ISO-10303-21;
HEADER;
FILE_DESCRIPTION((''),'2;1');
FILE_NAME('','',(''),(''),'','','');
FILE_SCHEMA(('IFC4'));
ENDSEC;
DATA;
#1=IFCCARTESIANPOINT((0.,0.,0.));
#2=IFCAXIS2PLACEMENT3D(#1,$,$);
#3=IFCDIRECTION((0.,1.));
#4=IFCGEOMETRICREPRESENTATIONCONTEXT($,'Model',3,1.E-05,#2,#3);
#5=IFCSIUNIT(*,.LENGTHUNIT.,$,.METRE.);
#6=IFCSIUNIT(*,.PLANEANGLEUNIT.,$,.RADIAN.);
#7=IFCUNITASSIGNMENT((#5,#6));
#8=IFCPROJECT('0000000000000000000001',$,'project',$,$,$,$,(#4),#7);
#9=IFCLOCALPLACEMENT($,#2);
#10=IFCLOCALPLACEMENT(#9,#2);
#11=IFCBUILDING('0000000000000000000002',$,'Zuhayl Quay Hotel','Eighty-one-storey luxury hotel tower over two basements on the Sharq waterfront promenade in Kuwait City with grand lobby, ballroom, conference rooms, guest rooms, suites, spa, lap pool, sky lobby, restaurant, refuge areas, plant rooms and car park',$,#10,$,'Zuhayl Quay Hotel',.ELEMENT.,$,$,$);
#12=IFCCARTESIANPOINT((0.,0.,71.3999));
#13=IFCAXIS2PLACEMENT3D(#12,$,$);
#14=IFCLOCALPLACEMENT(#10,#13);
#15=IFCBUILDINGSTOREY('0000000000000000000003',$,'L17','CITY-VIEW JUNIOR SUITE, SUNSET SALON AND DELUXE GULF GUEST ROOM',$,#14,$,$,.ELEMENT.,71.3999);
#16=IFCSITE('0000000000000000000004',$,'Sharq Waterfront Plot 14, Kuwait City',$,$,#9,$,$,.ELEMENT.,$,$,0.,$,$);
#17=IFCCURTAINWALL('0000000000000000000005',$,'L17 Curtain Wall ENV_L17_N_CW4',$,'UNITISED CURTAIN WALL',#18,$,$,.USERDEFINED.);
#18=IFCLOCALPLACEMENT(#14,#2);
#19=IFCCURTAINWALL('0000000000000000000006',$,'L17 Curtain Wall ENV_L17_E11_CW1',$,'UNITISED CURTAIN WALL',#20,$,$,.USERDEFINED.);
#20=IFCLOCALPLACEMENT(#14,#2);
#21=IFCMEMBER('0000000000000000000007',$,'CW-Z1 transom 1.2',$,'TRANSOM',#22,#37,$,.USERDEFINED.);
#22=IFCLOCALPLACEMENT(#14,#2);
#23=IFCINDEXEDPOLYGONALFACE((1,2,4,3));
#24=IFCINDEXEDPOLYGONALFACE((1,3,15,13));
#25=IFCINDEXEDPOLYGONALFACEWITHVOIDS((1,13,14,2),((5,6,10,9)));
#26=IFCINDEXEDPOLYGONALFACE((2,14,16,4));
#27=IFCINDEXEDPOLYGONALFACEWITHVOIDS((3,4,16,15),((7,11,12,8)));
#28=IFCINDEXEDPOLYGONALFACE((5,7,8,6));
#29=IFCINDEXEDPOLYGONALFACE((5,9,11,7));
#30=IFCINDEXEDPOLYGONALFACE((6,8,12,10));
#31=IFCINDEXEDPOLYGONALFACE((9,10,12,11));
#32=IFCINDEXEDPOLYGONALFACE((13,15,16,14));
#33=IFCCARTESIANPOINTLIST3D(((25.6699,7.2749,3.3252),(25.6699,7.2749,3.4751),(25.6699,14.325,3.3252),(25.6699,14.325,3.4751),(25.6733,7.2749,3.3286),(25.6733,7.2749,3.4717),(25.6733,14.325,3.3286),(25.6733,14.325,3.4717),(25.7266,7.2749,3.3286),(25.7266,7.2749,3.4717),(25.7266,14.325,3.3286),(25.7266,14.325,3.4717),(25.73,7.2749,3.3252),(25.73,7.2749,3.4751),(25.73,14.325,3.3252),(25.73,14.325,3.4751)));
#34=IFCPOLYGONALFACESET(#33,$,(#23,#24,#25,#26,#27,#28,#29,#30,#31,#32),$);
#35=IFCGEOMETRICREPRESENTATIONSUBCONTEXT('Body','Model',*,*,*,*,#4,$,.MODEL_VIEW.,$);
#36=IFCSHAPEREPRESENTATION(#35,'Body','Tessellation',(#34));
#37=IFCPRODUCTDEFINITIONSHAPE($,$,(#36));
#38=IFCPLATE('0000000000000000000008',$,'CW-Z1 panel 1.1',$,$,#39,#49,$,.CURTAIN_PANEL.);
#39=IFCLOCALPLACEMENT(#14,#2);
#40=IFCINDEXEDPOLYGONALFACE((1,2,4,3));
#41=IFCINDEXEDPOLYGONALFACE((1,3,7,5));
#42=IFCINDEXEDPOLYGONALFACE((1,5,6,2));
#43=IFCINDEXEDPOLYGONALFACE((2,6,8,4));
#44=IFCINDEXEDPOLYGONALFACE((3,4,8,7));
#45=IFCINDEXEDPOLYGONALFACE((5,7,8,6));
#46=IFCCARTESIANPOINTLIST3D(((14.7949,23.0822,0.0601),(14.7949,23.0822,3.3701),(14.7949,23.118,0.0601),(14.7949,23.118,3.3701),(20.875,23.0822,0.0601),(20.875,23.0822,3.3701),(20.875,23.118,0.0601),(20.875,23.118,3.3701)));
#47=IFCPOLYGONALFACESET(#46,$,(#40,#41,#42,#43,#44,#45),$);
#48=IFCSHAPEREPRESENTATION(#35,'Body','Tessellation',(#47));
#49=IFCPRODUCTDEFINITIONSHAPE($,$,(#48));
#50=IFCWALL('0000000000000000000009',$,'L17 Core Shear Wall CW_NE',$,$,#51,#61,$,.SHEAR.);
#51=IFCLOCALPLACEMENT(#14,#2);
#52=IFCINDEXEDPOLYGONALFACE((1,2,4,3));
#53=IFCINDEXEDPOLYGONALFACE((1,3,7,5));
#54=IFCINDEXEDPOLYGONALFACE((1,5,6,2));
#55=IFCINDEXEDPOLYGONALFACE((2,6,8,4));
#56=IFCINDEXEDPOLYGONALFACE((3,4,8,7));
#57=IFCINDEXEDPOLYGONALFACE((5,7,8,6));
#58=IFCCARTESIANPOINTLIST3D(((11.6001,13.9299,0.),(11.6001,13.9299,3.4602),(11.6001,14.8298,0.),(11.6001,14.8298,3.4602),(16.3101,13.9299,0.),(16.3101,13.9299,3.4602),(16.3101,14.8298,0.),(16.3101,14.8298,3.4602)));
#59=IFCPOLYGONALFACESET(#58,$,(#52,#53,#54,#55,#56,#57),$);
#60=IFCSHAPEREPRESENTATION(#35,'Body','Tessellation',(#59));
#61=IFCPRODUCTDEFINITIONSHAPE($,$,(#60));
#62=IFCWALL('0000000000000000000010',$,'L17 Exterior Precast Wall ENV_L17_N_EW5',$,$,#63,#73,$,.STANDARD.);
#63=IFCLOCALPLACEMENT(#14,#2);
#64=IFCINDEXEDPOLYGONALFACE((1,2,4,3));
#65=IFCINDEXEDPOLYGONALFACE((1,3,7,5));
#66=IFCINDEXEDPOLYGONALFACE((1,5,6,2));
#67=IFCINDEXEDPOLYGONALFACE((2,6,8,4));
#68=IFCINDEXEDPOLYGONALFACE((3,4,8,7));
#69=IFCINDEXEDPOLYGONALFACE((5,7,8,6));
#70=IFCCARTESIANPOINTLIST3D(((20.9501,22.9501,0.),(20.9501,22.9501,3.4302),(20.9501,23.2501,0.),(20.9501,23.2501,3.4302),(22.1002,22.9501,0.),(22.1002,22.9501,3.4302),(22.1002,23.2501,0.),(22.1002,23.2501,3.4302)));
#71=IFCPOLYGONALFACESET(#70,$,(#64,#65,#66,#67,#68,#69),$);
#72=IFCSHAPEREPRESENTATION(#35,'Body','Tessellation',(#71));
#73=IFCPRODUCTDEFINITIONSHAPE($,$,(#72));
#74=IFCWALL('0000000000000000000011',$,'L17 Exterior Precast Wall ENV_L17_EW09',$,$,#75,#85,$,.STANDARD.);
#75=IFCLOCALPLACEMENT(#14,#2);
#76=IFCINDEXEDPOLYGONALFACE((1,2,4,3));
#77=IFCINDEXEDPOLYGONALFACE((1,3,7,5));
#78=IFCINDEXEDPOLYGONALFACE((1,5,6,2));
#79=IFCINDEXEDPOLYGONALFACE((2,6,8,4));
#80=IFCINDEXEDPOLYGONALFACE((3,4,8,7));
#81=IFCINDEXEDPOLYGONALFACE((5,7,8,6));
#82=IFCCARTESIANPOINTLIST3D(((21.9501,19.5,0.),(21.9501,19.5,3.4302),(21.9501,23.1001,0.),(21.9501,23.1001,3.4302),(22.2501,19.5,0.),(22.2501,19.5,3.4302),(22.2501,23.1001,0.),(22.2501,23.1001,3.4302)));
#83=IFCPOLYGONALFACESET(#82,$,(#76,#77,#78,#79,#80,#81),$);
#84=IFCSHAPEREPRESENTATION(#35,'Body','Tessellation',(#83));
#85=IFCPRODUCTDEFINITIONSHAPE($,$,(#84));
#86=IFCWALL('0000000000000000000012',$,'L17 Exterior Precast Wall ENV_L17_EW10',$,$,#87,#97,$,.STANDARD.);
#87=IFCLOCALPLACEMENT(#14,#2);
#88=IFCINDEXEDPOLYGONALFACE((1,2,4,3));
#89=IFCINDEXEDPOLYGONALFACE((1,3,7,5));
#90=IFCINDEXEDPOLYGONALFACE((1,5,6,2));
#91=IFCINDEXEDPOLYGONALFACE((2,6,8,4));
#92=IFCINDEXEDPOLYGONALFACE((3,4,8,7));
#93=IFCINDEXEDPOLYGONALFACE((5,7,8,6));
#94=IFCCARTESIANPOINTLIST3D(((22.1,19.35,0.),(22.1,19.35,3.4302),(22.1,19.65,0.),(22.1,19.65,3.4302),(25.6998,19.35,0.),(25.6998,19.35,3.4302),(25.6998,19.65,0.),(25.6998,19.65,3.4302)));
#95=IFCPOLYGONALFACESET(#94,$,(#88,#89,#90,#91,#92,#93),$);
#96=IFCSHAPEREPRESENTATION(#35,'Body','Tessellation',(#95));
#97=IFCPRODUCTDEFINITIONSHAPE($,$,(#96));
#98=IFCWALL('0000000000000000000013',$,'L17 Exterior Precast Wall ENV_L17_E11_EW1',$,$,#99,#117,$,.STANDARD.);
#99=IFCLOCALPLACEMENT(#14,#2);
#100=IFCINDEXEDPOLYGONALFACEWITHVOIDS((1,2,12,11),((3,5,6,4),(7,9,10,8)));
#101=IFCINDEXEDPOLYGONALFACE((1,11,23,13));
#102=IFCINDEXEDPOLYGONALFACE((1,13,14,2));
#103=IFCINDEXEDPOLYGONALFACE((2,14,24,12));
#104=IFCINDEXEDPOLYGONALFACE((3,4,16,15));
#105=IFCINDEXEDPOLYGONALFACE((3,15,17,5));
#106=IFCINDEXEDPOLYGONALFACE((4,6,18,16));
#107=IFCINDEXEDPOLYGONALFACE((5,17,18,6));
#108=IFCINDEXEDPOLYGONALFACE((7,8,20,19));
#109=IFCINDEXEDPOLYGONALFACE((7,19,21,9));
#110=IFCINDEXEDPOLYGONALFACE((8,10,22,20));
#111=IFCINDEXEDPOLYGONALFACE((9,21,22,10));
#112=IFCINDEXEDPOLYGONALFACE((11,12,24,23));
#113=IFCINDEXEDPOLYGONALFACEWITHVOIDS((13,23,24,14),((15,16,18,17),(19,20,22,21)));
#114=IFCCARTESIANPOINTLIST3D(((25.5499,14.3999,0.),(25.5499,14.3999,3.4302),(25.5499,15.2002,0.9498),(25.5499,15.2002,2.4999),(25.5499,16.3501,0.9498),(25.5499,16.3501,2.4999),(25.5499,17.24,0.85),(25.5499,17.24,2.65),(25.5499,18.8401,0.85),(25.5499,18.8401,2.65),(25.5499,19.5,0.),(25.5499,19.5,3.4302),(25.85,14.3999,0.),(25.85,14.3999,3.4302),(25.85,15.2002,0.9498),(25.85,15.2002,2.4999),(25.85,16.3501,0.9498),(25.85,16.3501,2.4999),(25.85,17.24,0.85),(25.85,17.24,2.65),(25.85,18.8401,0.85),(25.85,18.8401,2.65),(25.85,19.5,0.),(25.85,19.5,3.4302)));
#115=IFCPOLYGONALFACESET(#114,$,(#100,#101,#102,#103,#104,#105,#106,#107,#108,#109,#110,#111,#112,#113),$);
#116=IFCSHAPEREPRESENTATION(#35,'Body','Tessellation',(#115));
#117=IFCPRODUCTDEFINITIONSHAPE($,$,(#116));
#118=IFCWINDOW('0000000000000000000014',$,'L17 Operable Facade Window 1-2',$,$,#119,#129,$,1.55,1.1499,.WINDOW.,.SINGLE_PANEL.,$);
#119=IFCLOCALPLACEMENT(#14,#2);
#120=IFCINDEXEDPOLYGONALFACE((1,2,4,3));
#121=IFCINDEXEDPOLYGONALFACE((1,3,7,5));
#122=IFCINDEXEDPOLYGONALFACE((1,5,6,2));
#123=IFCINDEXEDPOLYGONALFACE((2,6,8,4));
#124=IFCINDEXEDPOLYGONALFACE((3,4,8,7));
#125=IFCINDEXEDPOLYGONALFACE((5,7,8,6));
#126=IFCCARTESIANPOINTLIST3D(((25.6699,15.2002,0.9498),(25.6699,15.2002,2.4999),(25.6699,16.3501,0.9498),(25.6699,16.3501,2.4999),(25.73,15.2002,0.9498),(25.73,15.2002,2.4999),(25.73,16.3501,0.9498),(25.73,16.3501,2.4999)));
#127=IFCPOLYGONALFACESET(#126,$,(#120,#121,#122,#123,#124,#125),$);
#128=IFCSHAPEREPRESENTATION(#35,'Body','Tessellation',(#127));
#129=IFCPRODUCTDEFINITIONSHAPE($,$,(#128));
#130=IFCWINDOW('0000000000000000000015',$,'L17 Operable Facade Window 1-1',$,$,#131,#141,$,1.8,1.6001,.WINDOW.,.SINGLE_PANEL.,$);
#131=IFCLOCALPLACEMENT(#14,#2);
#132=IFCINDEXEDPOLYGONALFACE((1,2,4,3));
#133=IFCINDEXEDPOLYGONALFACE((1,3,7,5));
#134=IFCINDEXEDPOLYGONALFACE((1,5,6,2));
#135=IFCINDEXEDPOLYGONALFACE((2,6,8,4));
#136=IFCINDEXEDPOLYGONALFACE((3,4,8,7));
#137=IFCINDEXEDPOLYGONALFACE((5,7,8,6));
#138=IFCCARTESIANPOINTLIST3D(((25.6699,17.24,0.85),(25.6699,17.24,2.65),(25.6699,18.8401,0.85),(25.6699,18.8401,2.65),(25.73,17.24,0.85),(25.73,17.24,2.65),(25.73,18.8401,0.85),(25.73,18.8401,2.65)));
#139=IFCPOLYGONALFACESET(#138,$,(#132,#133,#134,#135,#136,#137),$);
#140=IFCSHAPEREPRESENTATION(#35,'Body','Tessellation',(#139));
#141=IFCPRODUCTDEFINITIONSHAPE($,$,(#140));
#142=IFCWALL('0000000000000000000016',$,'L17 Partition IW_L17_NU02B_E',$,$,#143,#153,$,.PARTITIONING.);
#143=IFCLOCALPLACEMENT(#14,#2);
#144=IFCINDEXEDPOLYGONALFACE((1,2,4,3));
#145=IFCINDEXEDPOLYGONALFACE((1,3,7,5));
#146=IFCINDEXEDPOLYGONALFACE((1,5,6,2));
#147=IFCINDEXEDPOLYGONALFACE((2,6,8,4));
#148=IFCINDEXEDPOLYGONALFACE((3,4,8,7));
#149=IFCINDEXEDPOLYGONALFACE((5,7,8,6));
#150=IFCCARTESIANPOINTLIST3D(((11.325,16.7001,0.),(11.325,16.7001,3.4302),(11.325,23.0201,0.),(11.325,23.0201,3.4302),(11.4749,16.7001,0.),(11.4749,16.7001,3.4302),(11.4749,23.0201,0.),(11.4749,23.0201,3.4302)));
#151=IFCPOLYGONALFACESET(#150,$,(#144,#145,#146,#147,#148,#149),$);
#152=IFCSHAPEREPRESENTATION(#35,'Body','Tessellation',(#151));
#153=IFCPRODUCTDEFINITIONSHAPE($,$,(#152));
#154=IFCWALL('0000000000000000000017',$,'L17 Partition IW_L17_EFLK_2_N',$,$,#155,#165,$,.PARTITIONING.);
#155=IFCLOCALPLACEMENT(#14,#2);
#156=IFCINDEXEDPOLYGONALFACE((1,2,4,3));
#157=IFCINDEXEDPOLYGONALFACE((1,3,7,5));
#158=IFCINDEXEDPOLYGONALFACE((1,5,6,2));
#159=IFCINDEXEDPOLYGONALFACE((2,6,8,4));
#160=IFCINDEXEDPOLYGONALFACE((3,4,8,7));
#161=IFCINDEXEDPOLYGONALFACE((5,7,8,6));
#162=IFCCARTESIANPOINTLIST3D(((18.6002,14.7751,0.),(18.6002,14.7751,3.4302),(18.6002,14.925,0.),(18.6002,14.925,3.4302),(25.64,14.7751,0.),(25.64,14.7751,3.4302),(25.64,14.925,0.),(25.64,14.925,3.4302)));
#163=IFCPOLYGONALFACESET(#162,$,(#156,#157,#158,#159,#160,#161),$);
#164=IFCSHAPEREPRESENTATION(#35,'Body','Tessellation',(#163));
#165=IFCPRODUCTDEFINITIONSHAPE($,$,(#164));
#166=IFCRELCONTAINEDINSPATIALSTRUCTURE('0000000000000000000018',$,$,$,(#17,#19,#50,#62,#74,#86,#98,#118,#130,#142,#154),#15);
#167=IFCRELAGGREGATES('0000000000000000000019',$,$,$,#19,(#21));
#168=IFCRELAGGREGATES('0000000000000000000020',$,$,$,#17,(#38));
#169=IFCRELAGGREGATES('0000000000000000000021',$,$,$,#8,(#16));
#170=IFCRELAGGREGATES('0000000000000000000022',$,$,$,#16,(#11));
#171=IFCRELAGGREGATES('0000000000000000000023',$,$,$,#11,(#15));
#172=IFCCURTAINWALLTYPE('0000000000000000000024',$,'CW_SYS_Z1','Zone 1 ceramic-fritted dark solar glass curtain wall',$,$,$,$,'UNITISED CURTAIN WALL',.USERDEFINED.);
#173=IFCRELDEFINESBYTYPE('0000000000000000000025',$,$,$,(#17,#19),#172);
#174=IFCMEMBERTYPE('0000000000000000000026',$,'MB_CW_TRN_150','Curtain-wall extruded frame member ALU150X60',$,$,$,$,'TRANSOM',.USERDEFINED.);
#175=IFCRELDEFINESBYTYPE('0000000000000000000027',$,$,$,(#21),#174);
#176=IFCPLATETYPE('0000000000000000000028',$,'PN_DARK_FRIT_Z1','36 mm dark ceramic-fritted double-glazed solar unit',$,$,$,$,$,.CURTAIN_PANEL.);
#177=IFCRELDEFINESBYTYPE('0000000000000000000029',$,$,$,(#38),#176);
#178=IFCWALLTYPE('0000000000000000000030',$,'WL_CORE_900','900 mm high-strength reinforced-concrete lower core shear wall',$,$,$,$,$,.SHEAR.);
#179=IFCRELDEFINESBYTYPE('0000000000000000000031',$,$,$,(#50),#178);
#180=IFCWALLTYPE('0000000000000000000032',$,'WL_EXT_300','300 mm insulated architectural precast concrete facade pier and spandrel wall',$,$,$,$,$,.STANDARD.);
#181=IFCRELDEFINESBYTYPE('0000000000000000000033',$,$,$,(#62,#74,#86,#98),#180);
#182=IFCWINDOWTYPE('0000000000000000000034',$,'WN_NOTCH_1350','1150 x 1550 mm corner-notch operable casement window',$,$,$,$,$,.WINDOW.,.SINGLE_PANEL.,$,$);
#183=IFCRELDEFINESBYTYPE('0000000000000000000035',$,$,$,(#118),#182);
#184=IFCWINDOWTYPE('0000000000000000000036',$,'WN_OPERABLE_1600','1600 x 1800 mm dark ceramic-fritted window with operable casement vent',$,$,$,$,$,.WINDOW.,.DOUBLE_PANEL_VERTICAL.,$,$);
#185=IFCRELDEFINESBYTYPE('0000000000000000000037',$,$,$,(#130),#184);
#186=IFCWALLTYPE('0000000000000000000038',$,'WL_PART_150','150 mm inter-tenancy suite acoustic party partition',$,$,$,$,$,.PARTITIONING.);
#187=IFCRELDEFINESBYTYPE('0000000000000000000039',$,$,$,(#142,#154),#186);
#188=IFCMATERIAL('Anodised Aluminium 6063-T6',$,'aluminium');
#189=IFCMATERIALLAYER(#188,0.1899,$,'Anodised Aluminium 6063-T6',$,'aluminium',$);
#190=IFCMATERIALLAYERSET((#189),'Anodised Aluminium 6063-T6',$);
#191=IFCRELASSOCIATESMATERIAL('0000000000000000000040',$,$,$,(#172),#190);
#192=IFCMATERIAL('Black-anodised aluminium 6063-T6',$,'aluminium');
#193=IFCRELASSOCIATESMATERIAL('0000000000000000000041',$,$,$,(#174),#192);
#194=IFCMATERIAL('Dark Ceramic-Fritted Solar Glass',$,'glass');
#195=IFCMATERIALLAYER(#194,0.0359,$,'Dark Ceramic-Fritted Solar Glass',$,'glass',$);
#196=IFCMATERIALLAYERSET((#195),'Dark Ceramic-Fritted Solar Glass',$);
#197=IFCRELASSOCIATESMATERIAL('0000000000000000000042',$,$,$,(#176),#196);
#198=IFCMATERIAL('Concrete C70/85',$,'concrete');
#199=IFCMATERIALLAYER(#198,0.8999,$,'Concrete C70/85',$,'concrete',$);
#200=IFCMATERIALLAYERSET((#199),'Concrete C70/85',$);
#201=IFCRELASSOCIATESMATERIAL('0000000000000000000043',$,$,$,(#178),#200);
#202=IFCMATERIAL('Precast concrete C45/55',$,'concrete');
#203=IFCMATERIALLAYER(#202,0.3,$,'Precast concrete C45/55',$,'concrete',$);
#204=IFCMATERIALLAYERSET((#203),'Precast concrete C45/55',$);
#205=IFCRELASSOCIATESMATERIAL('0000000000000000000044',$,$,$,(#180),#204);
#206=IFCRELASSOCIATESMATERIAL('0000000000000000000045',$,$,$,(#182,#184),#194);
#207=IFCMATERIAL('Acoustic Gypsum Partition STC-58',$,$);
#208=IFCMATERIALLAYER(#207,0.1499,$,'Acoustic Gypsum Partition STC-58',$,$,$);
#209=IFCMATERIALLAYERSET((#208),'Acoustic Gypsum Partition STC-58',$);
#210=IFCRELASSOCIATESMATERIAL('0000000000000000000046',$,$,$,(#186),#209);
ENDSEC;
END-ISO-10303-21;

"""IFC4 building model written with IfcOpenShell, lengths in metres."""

from ifc_helpers import new_model, si_unit, direction, frame, frame_2d, origin, origin_2d, place, context, subcontext, project, spatial, rectangle, hollow_rectangle, extrude, material, layer, layer_set, material_profile, profile_set, type_object, element, fill, aggregate, save


model = new_model("IFC4")

# Units and contexts
model_context = context("Model", 3, precision=1e-05, world=origin(), true_north=direction((0.0, 1.0)))
body_context = subcontext(model_context, "Body", "Model", "MODEL_VIEW")
ifc_project = project(units=[si_unit("LENGTHUNIT", "METRE"), si_unit("PLANEANGLEUNIT", "RADIAN")], contexts=[model_context])

# Site, building, storey
site_placement = place(None, origin())
site = spatial("IfcSite", under=ifc_project, at=site_placement, Name="Sharq Waterfront Plot 14, Kuwait City", CompositionType="ELEMENT", RefElevation=0.0)
building_placement = place(site_placement, origin())
building = spatial("IfcBuilding", under=site, at=building_placement, Name="Zuhayl Quay Hotel", Description="Eighty-one-storey luxury hotel tower over two basements on the Sharq waterfront promenade in Kuwait City with grand lobby, ballroom, conference rooms, guest rooms, suites, spa, lap pool, sky lobby, restaurant, refuge areas, plant rooms and car park", LongName="Zuhayl Quay Hotel", CompositionType="ELEMENT")
storey_placement = place(building_placement, frame((0.0, 0.0, 71.3999)))
storey = spatial("IfcBuildingStorey", under=building, at=storey_placement, Name="L17", Description="CITY-VIEW JUNIOR SUITE, SUNSET SALON AND DELUXE GULF GUEST ROOM", CompositionType="ELEMENT", Elevation=71.3999)

# Shared definitions
ifc_material_1 = material(Name="Concrete C70/85", Category="concrete")

# Curtain wall
ifc_material_2 = material(Name="Anodised Aluminium 6063-T6", Category="aluminium")
ifc_layer_1 = layer(ifc_material_2, 0.1899, Name="Anodised Aluminium 6063-T6", Category="aluminium")
ifc_layer_set_1 = layer_set([ifc_layer_1], Name="Anodised Aluminium 6063-T6")
curtain_wall_type = type_object("IfcCurtainWallType", Name="CW_SYS_Z1", Description="Zone 1 ceramic-fritted dark solar glass curtain wall", ElementType="UNITISED CURTAIN WALL", PredefinedType="USERDEFINED", material=ifc_layer_set_1)
curtain_wall_1_placement = place(storey_placement, origin())
curtain_wall_1 = element("IfcCurtainWall", 1, at=curtain_wall_1_placement, inside=storey, type_object=curtain_wall_type, Name="L17 Curtain Wall ENV_L17_N_CW4", ObjectType="UNITISED CURTAIN WALL", PredefinedType="USERDEFINED")
ifc_material_3 = material(Name="Black-anodised aluminium 6063-T6", Category="aluminium")

# Curtain wall
curtain_wall_2_placement = place(storey_placement, origin())
curtain_wall_2 = element("IfcCurtainWall", 2, at=curtain_wall_2_placement, inside=storey, type_object=curtain_wall_type, Name="L17 Curtain Wall ENV_L17_E11_CW1", ObjectType="UNITISED CURTAIN WALL", PredefinedType="USERDEFINED")

# Member
ifc_material_profile_1 = material_profile(ifc_material_3, hollow_rectangle(XDim=0.0601, YDim=0.1499, WallThickness=0.0034, at=origin_2d()), Name="ALU150X60")
ifc_profile_set_1 = profile_set([ifc_material_profile_1], Name="Black-anodised aluminium 6063-T6")
member_type_1 = type_object("IfcMemberType", Name="MB_CW_TRN_150", Description="Curtain-wall extruded frame member ALU150X60", ElementType="TRANSOM", PredefinedType="USERDEFINED", material=ifc_profile_set_1)
member_1_placement = place(storey_placement, frame((25.7, 14.325, 3.4001), z_axis=(0.0, -1.0, 0.0), x_axis=(1.0, 0.0, 0.0)))
member_1 = element("IfcMember", 3, at=member_1_placement, type_object=member_type_1, Name="CW-Z1 transom 1.2", ObjectType="TRANSOM", PredefinedType="USERDEFINED", context=body_context, shape_type="SweptSolid", body=[
    extrude(hollow_rectangle(XDim=0.0601, YDim=0.1499, WallThickness=0.0034, at=origin_2d()), origin(), (0.0, 0.0, 1.0), 7.05),
])
aggregate(curtain_wall_2, [member_1])

# Plate
ifc_material_4 = material(Name="Dark Ceramic-Fritted Solar Glass", Category="glass")
ifc_layer_2 = layer(ifc_material_4, 0.0359, Name="Dark Ceramic-Fritted Solar Glass", Category="glass")
ifc_layer_set_2 = layer_set([ifc_layer_2], Name="Dark Ceramic-Fritted Solar Glass")
plate_type = type_object("IfcPlateType", Name="PN_DARK_FRIT_Z1", Description="36 mm dark ceramic-fritted double-glazed solar unit", PredefinedType="CURTAIN_PANEL", material=ifc_layer_set_2)
plate_placement = place(storey_placement, frame((17.835, 23.1001, 0.0601), z_axis=(0.0, 0.0, 1.0), x_axis=(1.0, 0.0, 0.0)))
plate = element("IfcPlate", 4, at=plate_placement, type_object=plate_type, Name="CW-Z1 panel 1.1", PredefinedType="CURTAIN_PANEL", context=body_context, shape_type="SweptSolid", body=[
    extrude(rectangle(XDim=6.0801, YDim=0.0359, at=origin_2d()), origin(), (0.0, 0.0, 1.0), 3.3101),
])
aggregate(curtain_wall_1, [plate])

# Walls
ifc_layer_3 = layer(ifc_material_1, 0.8999, Name="Concrete C70/85", Category="concrete")
ifc_layer_set_3 = layer_set([ifc_layer_3], Name="Concrete C70/85")
wall_type_1 = type_object("IfcWallType", Name="WL_CORE_900", Description="900 mm high-strength reinforced-concrete lower core shear wall", PredefinedType="SHEAR", material=ifc_layer_set_3)
wall_1_placement = place(storey_placement, frame((11.6001, 14.3799, 0.0), z_axis=(0.0, 0.0, 1.0), x_axis=(1.0, 0.0, 0.0)))
element("IfcWall", 5, at=wall_1_placement, inside=storey, type_object=wall_type_1, Name="L17 Core Shear Wall CW_NE", PredefinedType="SHEAR", context=body_context, shape_type="SweptSolid", body=[
    extrude(rectangle(XDim=4.71, YDim=0.8999, at=frame_2d((2.355, 0.0))), origin(), (0.0, 0.0, 1.0), 3.4602),
])
ifc_material_5 = material(Name="Precast concrete C45/55", Category="concrete")
ifc_layer_4 = layer(ifc_material_5, 0.3, Name="Precast concrete C45/55", Category="concrete")
ifc_layer_set_4 = layer_set([ifc_layer_4], Name="Precast concrete C45/55")
wall_type_2 = type_object("IfcWallType", Name="WL_EXT_300", Description="300 mm insulated architectural precast concrete facade pier and spandrel wall", PredefinedType="STANDARD", material=ifc_layer_set_4)
wall_2_placement = place(storey_placement, frame((20.95, 23.1001, 0.0), z_axis=(0.0, 0.0, 1.0), x_axis=(1.0, 0.0, 0.0)))
element("IfcWall", 6, at=wall_2_placement, inside=storey, type_object=wall_type_2, Name="L17 Exterior Precast Wall ENV_L17_N_EW5", PredefinedType="STANDARD", context=body_context, shape_type="SweptSolid", body=[
    extrude(rectangle(XDim=1.1501, YDim=0.3, at=frame_2d((0.5752, 0.0))), origin(), (0.0, 0.0, 1.0), 3.4302),
])
wall_3_placement = place(storey_placement, frame((22.1001, 23.1001, 0.0), z_axis=(0.0, 0.0, 1.0), x_axis=(0.0, -1.0, 0.0)))
element("IfcWall", 7, at=wall_3_placement, inside=storey, type_object=wall_type_2, Name="L17 Exterior Precast Wall ENV_L17_EW09", PredefinedType="STANDARD", context=body_context, shape_type="SweptSolid", body=[
    extrude(rectangle(XDim=3.6001, YDim=0.3, at=frame_2d((1.8, 0.0))), origin(), (0.0, 0.0, 1.0), 3.4302),
])
wall_4_placement = place(storey_placement, frame((22.1001, 19.5, 0.0), z_axis=(0.0, 0.0, 1.0), x_axis=(1.0, 0.0, 0.0)))
element("IfcWall", 8, at=wall_4_placement, inside=storey, type_object=wall_type_2, Name="L17 Exterior Precast Wall ENV_L17_EW10", PredefinedType="STANDARD", context=body_context, shape_type="SweptSolid", body=[
    extrude(rectangle(XDim=3.5999, YDim=0.3, at=frame_2d((1.7998, 0.0))), origin(), (0.0, 0.0, 1.0), 3.4302),
])

# Wall, openings, windows
wall_5_placement = place(storey_placement, frame((25.7, 19.5, 0.0), z_axis=(0.0, 0.0, 1.0), x_axis=(0.0, -1.0, 0.0)))
wall_5 = element("IfcWall", 9, at=wall_5_placement, inside=storey, type_object=wall_type_2, Name="L17 Exterior Precast Wall ENV_L17_E11_EW1", PredefinedType="STANDARD", context=body_context, shape_type="SweptSolid", body=[
    extrude(rectangle(XDim=5.1001, YDim=0.3, at=frame_2d((2.55, 0.0))), origin(), (0.0, 0.0, 1.0), 3.4302),
])
opening_1_placement = place(wall_5_placement, frame((0.6599, 0.0, 0.8501)))
opening_1 = element("IfcOpeningElement", 10, at=opening_1_placement, cuts=wall_5, PredefinedType="OPENING", context=body_context, shape_type="SweptSolid", body=[
    extrude(rectangle(XDim=1.6001, YDim=1.8, at=frame_2d((0.8, 0.8999))), frame((0.0, 0.1599, 0.0), z_axis=(0.0, -1.0, 0.0), x_axis=(1.0, 0.0, 0.0)), (0.0, 0.0, 1.0), 0.3201),
])
opening_2_placement = place(wall_5_placement, frame((3.1499, 0.0, 0.95)))
opening_2 = element("IfcOpeningElement", 11, at=opening_2_placement, cuts=wall_5, PredefinedType="OPENING", context=body_context, shape_type="SweptSolid", body=[
    extrude(rectangle(XDim=1.1499, YDim=1.55, at=frame_2d((0.575, 0.7749))), frame((0.0, 0.1599, 0.0), z_axis=(0.0, -1.0, 0.0), x_axis=(1.0, 0.0, 0.0)), (0.0, 0.0, 1.0), 0.3201),
])
window_type_1 = type_object("IfcWindowType", Name="WN_NOTCH_1350", Description="1150 x 1550 mm corner-notch operable casement window", PartitioningType="SINGLE_PANEL", PredefinedType="WINDOW", material=ifc_material_4)
window_1_placement = place(opening_2_placement, origin())
window_1 = element("IfcWindow", 12, at=window_1_placement, inside=storey, type_object=window_type_1, Name="L17 Operable Facade Window 1-2", OverallHeight=1.55, OverallWidth=1.1499, PartitioningType="SINGLE_PANEL", PredefinedType="WINDOW", context=body_context, shape_type="SweptSolid", body=[
    extrude(rectangle(XDim=1.1499, YDim=1.55, at=frame_2d((0.575, 0.7749))), frame((0.0, 0.03, 0.0), z_axis=(0.0, -1.0, 0.0), x_axis=(1.0, 0.0, 0.0)), (0.0, 0.0, 1.0), 0.0601),
])
fill(opening_2, window_1)
window_type_2 = type_object("IfcWindowType", Name="WN_OPERABLE_1600", Description="1600 x 1800 mm dark ceramic-fritted window with operable casement vent", PartitioningType="DOUBLE_PANEL_VERTICAL", PredefinedType="WINDOW", material=ifc_material_4)
window_2_placement = place(opening_1_placement, origin())
window_2 = element("IfcWindow", 13, at=window_2_placement, inside=storey, type_object=window_type_2, Name="L17 Operable Facade Window 1-1", OverallHeight=1.8, OverallWidth=1.6001, PartitioningType="SINGLE_PANEL", PredefinedType="WINDOW", context=body_context, shape_type="SweptSolid", body=[
    extrude(rectangle(XDim=1.6001, YDim=1.8, at=frame_2d((0.8, 0.8999))), frame((0.0, 0.03, 0.0), z_axis=(0.0, -1.0, 0.0), x_axis=(1.0, 0.0, 0.0)), (0.0, 0.0, 1.0), 0.0601),
])
fill(opening_1, window_2)

# Walls
ifc_material_6 = material(Name="Acoustic Gypsum Partition STC-58")
ifc_layer_5 = layer(ifc_material_6, 0.1499, Name="Acoustic Gypsum Partition STC-58")
ifc_layer_set_5 = layer_set([ifc_layer_5], Name="Acoustic Gypsum Partition STC-58")
wall_type_3 = type_object("IfcWallType", Name="WL_PART_150", Description="150 mm inter-tenancy suite acoustic party partition", PredefinedType="PARTITIONING", material=ifc_layer_set_5)
wall_6_placement = place(storey_placement, frame((11.3999, 16.7, 0.0), z_axis=(0.0, 0.0, 1.0), x_axis=(0.0, 1.0, 0.0)))
element("IfcWall", 14, at=wall_6_placement, inside=storey, type_object=wall_type_3, Name="L17 Partition IW_L17_NU02B_E", PredefinedType="PARTITIONING", context=body_context, shape_type="SweptSolid", body=[
    extrude(rectangle(XDim=6.3201, YDim=0.1499, at=frame_2d((3.1602, 0.0))), origin(), (0.0, 0.0, 1.0), 3.4302),
])
wall_7_placement = place(storey_placement, frame((18.6001, 14.8501, 0.0), z_axis=(0.0, 0.0, 1.0), x_axis=(1.0, 0.0, 0.0)))
element("IfcWall", 15, at=wall_7_placement, inside=storey, type_object=wall_type_3, Name="L17 Partition IW_L17_EFLK_2_N", PredefinedType="PARTITIONING", context=body_context, shape_type="SweptSolid", body=[
    extrude(rectangle(XDim=7.0398, YDim=0.1499, at=frame_2d((3.52, 0.0))), origin(), (0.0, 0.0, 1.0), 3.4302),
])

save(model, "model.ifc")
